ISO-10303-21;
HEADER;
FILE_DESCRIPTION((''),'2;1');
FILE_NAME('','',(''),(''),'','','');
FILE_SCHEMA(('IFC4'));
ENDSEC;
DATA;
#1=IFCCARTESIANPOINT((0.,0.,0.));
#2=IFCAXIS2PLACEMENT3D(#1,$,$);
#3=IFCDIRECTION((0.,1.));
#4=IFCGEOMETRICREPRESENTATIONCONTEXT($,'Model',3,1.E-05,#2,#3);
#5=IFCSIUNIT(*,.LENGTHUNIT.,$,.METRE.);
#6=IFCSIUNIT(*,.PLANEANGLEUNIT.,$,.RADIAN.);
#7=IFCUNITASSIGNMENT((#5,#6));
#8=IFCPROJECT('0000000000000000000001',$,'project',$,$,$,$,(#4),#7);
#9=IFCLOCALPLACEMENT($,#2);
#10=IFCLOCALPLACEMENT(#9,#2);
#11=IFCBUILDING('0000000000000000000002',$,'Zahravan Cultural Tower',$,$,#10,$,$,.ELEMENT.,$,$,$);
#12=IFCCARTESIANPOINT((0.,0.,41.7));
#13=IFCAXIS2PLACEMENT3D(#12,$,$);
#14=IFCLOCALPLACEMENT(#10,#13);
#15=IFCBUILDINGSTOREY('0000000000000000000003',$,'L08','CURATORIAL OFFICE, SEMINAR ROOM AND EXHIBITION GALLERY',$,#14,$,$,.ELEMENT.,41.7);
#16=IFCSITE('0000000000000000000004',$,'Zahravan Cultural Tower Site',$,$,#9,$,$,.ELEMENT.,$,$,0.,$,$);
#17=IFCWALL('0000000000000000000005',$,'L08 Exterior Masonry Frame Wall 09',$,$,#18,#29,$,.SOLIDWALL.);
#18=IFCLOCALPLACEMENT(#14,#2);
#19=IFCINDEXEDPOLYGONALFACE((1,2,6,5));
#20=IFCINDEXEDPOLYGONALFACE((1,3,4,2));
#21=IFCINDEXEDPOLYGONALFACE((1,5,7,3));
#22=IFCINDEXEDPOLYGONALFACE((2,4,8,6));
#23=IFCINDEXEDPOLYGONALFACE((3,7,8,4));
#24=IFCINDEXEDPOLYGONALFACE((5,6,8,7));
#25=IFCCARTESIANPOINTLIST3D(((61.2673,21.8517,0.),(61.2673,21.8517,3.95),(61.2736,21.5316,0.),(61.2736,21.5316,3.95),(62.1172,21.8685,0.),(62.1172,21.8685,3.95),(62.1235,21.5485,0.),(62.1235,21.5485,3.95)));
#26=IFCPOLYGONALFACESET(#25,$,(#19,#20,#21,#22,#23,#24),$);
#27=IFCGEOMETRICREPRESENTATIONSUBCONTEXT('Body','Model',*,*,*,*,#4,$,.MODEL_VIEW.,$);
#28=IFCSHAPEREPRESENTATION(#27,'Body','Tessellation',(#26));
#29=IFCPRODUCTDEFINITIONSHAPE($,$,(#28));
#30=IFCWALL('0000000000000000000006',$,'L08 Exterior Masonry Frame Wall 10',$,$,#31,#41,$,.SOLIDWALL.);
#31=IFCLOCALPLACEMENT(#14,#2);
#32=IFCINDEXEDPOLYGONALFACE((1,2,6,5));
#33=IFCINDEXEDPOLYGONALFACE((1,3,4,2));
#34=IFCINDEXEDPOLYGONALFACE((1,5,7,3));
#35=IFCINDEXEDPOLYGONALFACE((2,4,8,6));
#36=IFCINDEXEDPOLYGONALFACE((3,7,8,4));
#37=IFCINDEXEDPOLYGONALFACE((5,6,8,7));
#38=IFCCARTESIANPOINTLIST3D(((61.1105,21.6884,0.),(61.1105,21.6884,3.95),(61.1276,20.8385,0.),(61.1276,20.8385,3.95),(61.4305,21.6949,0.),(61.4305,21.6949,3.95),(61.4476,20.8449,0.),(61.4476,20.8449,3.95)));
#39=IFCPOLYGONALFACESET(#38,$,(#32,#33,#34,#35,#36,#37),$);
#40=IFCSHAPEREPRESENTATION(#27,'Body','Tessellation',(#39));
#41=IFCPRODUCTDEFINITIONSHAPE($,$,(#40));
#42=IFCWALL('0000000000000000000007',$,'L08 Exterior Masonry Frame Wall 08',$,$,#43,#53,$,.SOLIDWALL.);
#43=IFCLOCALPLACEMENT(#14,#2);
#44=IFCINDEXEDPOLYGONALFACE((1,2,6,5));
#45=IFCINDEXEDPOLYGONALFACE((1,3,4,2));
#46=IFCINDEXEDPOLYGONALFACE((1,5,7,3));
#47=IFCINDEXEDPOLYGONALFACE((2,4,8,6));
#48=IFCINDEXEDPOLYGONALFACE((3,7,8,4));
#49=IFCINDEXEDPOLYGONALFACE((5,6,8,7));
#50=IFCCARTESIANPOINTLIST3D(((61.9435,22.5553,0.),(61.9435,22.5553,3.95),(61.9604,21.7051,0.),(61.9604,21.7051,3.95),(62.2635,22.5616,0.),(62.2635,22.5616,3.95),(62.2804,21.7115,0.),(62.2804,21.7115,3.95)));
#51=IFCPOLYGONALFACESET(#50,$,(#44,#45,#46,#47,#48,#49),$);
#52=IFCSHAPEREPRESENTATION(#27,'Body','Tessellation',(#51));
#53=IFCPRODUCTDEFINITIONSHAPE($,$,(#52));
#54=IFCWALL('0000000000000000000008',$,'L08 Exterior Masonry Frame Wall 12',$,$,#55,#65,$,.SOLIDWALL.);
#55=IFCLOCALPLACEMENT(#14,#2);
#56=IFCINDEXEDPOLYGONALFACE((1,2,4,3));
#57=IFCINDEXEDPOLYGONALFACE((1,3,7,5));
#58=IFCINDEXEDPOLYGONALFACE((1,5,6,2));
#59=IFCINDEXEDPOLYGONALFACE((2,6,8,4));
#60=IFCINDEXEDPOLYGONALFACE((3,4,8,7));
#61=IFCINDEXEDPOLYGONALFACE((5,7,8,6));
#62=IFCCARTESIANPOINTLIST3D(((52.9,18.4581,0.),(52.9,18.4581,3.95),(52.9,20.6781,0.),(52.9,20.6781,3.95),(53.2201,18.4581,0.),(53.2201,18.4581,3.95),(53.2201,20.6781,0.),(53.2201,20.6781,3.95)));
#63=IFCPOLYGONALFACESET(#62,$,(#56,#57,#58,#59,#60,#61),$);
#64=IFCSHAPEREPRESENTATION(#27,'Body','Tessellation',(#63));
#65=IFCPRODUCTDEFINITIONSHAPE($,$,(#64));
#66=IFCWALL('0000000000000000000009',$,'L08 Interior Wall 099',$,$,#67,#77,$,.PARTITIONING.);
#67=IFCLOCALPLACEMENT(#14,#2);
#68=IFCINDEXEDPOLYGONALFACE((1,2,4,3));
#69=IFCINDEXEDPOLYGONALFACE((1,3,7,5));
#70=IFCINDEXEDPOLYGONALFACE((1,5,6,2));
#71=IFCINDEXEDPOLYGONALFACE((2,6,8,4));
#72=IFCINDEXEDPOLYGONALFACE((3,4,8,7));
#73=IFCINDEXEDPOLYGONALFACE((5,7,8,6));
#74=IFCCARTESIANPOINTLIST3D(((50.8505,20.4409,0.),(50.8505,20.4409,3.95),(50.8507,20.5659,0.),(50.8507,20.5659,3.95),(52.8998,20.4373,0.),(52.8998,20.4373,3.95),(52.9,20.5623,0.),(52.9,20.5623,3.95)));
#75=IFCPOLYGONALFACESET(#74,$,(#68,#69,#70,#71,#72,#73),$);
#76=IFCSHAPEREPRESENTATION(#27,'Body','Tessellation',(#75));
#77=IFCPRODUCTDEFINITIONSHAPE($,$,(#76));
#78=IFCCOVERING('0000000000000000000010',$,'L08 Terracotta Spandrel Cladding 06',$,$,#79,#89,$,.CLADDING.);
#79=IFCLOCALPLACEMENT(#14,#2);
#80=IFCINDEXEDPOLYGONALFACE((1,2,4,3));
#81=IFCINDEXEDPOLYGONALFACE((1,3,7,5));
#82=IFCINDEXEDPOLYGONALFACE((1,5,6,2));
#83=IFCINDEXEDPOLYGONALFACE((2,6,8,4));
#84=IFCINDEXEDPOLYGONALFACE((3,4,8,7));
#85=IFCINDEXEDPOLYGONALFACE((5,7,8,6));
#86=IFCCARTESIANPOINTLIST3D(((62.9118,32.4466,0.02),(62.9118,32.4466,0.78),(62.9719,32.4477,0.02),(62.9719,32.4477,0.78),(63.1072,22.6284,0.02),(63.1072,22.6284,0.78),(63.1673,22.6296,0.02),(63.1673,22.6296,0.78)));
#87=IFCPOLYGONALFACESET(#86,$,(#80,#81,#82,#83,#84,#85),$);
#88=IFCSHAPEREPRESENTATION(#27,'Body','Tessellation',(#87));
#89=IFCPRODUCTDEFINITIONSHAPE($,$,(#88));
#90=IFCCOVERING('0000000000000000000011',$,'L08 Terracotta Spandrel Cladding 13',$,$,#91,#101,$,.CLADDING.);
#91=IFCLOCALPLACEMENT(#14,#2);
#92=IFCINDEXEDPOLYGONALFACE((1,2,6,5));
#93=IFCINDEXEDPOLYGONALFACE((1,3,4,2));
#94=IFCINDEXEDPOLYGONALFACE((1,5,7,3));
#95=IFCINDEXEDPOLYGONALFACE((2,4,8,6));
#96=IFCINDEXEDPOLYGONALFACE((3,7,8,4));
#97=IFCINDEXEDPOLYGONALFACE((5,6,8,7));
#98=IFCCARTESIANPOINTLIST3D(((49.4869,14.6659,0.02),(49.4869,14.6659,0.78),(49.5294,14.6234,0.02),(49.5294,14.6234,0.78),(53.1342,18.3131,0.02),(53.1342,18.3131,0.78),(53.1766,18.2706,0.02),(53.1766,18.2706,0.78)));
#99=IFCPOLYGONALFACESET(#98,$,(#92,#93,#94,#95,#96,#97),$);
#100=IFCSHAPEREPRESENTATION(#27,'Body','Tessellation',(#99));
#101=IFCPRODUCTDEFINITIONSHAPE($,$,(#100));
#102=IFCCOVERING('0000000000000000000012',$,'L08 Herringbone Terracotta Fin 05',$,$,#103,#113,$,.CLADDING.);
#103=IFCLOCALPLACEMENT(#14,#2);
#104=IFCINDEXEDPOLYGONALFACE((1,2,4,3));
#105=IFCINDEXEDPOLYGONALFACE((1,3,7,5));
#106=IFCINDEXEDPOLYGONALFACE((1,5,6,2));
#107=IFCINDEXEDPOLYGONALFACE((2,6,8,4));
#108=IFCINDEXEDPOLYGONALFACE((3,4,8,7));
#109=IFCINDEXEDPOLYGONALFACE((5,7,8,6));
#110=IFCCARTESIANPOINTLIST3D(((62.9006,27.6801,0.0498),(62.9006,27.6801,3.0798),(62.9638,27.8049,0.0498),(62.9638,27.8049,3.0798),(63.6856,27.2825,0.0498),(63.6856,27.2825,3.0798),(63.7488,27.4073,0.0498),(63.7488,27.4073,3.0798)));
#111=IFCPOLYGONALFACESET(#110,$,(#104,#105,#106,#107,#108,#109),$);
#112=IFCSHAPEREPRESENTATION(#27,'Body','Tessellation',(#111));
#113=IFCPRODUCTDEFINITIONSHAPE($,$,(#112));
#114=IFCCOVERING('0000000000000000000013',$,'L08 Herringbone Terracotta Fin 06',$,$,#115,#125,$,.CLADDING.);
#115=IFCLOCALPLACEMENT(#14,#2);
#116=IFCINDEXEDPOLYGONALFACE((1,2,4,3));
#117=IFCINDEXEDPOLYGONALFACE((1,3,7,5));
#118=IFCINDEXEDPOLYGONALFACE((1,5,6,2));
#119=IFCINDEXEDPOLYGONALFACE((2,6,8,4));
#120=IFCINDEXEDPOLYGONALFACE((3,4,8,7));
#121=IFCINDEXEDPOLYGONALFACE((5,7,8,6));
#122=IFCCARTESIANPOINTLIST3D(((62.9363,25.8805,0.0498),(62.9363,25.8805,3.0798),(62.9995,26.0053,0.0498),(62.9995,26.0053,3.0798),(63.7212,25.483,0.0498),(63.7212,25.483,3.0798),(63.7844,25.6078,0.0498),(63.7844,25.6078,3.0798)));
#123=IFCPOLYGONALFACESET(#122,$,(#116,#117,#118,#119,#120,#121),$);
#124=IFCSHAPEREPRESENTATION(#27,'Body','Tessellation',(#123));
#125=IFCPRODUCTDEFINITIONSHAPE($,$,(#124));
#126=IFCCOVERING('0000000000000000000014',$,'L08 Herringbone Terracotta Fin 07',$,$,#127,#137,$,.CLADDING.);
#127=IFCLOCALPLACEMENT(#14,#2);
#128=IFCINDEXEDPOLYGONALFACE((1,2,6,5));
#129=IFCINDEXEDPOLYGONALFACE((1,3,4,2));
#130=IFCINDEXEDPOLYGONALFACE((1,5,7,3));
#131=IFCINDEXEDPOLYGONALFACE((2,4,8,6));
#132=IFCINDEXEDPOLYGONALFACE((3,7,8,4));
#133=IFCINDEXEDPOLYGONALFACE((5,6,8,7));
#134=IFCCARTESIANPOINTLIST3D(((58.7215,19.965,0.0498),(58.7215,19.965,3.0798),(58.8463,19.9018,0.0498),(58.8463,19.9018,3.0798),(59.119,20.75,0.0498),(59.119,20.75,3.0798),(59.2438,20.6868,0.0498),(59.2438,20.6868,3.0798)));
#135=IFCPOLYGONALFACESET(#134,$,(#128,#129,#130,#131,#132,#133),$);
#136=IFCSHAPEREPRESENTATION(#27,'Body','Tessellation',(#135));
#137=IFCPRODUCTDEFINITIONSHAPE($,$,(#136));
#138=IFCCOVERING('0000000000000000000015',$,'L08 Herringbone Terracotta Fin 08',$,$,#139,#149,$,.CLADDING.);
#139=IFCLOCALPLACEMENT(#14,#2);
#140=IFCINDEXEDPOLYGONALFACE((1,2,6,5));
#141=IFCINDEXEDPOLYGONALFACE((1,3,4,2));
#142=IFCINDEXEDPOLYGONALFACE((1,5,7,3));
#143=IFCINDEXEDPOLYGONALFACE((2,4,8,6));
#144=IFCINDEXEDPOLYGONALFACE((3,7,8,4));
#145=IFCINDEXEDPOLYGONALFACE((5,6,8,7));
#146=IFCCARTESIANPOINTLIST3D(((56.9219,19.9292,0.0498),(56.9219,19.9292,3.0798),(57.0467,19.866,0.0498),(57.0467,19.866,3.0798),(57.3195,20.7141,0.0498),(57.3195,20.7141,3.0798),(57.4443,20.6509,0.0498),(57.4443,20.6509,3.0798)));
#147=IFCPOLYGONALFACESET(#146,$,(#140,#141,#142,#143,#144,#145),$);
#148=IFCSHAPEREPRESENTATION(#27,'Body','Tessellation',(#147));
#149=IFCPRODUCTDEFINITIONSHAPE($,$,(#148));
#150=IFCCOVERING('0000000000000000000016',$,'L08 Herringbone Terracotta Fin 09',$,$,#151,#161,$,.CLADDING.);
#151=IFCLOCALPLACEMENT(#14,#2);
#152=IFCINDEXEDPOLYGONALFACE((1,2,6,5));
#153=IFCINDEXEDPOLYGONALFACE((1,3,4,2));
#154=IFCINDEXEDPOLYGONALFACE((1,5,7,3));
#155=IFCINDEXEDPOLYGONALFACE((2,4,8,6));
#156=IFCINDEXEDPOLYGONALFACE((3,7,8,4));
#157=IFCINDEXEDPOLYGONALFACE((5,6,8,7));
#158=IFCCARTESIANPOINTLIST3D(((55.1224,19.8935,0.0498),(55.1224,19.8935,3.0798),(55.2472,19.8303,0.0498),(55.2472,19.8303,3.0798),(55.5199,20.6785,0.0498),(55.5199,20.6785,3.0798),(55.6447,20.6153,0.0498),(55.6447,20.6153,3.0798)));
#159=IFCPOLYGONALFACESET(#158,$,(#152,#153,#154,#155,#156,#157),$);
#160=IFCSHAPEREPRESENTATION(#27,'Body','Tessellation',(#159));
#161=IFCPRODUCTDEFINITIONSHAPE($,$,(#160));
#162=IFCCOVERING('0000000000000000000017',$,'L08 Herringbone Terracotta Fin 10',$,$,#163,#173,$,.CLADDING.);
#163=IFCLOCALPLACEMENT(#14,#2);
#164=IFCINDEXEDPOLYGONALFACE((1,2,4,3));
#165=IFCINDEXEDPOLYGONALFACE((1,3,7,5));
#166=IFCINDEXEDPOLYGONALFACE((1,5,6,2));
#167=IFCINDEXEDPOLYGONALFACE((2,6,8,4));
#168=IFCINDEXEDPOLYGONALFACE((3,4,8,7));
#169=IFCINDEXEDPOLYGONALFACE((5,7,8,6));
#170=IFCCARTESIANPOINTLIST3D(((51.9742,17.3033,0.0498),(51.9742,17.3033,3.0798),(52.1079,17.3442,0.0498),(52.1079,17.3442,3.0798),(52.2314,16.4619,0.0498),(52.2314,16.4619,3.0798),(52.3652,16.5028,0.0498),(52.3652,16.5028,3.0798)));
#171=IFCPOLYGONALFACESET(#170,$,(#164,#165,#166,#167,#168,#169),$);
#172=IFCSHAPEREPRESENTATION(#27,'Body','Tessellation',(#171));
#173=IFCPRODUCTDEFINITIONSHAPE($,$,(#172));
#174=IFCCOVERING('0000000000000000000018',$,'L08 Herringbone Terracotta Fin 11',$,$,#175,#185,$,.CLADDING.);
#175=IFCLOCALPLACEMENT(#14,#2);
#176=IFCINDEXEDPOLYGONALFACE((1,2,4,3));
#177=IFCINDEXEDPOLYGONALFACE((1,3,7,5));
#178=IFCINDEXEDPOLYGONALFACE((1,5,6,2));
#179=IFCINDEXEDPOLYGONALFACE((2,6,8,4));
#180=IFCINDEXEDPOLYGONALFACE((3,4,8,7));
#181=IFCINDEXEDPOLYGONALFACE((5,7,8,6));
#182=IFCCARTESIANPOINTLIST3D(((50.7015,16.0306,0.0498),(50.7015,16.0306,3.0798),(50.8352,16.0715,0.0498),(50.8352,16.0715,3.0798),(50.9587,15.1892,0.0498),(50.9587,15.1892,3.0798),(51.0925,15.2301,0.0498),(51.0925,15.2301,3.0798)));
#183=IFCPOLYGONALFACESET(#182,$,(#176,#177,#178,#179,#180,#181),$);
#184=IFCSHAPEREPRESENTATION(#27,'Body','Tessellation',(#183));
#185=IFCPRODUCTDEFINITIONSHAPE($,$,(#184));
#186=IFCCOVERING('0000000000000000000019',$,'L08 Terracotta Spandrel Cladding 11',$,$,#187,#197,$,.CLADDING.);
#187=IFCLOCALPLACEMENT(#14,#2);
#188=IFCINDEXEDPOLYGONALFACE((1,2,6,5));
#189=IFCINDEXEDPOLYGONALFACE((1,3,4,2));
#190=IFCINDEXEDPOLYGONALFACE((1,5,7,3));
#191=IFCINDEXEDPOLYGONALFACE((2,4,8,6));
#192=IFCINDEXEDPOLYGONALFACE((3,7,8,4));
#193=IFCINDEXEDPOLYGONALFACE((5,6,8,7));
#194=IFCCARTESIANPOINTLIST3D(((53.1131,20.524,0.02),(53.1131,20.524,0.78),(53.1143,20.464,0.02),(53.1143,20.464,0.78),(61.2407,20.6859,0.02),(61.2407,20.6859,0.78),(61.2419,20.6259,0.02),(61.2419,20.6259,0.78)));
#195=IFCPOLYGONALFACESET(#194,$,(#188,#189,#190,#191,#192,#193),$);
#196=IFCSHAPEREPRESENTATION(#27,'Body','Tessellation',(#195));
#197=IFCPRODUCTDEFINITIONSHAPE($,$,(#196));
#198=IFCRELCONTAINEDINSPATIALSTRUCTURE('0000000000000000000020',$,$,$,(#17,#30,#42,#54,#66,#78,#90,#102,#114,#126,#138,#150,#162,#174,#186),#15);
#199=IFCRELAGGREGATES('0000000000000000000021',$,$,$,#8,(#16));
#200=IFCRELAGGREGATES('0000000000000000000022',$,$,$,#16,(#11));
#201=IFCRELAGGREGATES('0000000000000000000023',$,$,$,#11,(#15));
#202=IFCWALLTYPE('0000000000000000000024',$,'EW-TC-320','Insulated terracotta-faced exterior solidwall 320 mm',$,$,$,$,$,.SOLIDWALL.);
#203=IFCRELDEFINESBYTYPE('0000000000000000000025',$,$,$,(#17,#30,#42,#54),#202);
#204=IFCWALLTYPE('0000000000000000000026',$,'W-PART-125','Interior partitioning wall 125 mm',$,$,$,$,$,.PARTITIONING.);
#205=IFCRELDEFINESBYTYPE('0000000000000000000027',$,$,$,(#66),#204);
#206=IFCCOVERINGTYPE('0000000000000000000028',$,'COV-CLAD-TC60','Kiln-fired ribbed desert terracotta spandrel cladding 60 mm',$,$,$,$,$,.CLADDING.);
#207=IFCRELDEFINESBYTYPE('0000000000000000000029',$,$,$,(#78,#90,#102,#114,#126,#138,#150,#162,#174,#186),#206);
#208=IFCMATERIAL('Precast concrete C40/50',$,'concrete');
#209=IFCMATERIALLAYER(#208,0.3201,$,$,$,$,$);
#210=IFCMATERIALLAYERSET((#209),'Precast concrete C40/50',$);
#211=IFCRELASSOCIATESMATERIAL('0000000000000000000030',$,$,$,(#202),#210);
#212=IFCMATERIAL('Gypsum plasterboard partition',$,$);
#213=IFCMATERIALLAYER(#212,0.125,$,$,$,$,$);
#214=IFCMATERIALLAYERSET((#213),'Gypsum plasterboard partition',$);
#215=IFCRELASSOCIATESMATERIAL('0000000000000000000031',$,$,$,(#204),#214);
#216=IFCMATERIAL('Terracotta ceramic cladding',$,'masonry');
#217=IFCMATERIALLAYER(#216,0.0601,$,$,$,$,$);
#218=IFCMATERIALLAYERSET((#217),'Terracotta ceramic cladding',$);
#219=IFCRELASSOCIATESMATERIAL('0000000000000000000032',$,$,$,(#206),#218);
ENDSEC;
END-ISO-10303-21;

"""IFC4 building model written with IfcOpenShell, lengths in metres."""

from ifc_helpers import new_model, si_unit, direction, frame, frame_2d, origin, origin_2d, place, context, subcontext, project, spatial, rectangle, extrude, source, transform, mapped, material, layer, layer_set, type_object, element, save


model = new_model("IFC4")

# Units and contexts
model_context = context("Model", 3, precision=1e-05, world=origin(), true_north=direction((0.0, 1.0)))
body_context = subcontext(model_context, "Body", "Model", "MODEL_VIEW")
ifc_project = project(units=[si_unit("LENGTHUNIT", "METRE"), si_unit("PLANEANGLEUNIT", "RADIAN")], contexts=[model_context])

# Site, building, storey
site_placement = place(None, origin())
site = spatial("IfcSite", under=ifc_project, at=site_placement, Name="Zahravan Cultural Tower Site", CompositionType="ELEMENT", RefElevation=0.0)
building_placement = place(site_placement, origin())
building = spatial("IfcBuilding", under=site, at=building_placement, Name="Zahravan Cultural Tower", CompositionType="ELEMENT")
storey_placement = place(building_placement, frame((0.0, 0.0, 41.7)))
storey = spatial("IfcBuildingStorey", under=building, at=storey_placement, Name="L08", Description="CURATORIAL OFFICE, SEMINAR ROOM AND EXHIBITION GALLERY", CompositionType="ELEMENT", Elevation=41.7)

# Shared definitions
ifc_material_1 = material(Name="Precast concrete C40/50", Category="concrete")
ifc_layer_1 = layer(ifc_material_1, 0.3201)
ifc_layer_set_1 = layer_set([ifc_layer_1], Name="Precast concrete C40/50")
wall_type_1 = type_object("IfcWallType", Name="EW-TC-320", Description="Insulated terracotta-faced exterior solidwall 320 mm", PredefinedType="SOLIDWALL", material=ifc_layer_set_1)

# Shared definitions
ifc_material_2 = material(Name="Gypsum plasterboard partition")
ifc_layer_2 = layer(ifc_material_2, 0.125)
ifc_layer_set_2 = layer_set([ifc_layer_2], Name="Gypsum plasterboard partition")
wall_type_2 = type_object("IfcWallType", Name="W-PART-125", Description="Interior partitioning wall 125 mm", PredefinedType="PARTITIONING", material=ifc_layer_set_2)

# Walls
shared_shape_1 = source(origin(), body_context, "Body", "SweptSolid", [
    extrude(rectangle(XDim=0.8501, YDim=0.3201, at=frame_2d((0.425, 0.0))), origin(), (0.0, 0.0, 1.0), 3.95),
])
for number, where, z_axis, x_axis, name in (
    (1, (62.1204, 21.7085, 0.0), (0.0, 0.0, 1.0), (-0.999804, -0.019818, 0.0), "L08 Exterior Masonry Frame Wall 09"),
    (2, (61.2705, 21.6917, 0.0), (0.0, 0.0, 1.0), (0.020105, -0.999798, 0.0), "L08 Exterior Masonry Frame Wall 10"),
):
    element("IfcWall", number, at=place(storey_placement, frame(where, z_axis=z_axis, x_axis=x_axis)), inside=storey, type_object=wall_type_1, Name=name, PredefinedType="SOLIDWALL", context=body_context, shape_type="MappedRepresentation", body=[
        mapped(shared_shape_1, transform((0.0, 0.0, 0.0), x_axis=(1.0, 0.0, 0.0), y_axis=(0.0, 1.0, 0.0), z_axis=(0.0, 0.0, 1.0), scale=1.0)),
    ])
shared_shape_2 = source(origin(), body_context, "Body", "SweptSolid", [
    extrude(rectangle(XDim=0.8503, YDim=0.3201, at=frame_2d((0.4253, 0.0))), origin(), (0.0, 0.0, 1.0), 3.95),
])
wall_1_placement = place(storey_placement, frame((62.1035, 22.5586, 0.0), z_axis=(0.0, 0.0, 1.0), x_axis=(0.019812, -0.999804, 0.0)))
element("IfcWall", 3, at=wall_1_placement, inside=storey, type_object=wall_type_1, Name="L08 Exterior Masonry Frame Wall 08", PredefinedType="SOLIDWALL", context=body_context, shape_type="MappedRepresentation", body=[
    mapped(shared_shape_2, transform((0.0, 0.0, 0.0), x_axis=(1.0, 0.0, 0.0), y_axis=(0.0, 1.0, 0.0), z_axis=(0.0, 0.0, 1.0), scale=1.0)),
])
shared_shape_3 = source(origin(), body_context, "Body", "SweptSolid", [
    extrude(rectangle(XDim=2.22, YDim=0.3201, at=frame_2d((1.1099, 0.0))), origin(), (0.0, 0.0, 1.0), 3.95),
])
wall_2_placement = place(storey_placement, frame((53.0601, 20.678, 0.0), z_axis=(0.0, 0.0, 1.0), x_axis=(0.0, -1.0, 0.0)))
element("IfcWall", 4, at=wall_2_placement, inside=storey, type_object=wall_type_1, Name="L08 Exterior Masonry Frame Wall 12", PredefinedType="SOLIDWALL", context=body_context, shape_type="MappedRepresentation", body=[
    mapped(shared_shape_3, transform((0.0, 0.0, 0.0), x_axis=(1.0, 0.0, 0.0), y_axis=(0.0, 1.0, 0.0), z_axis=(0.0, 0.0, 1.0), scale=1.0)),
])
shared_shape_4 = source(origin(), body_context, "Body", "SweptSolid", [
    extrude(rectangle(XDim=2.0493, YDim=0.125, at=frame_2d((1.0247, 0.0))), origin(), (0.0, 0.0, 1.0), 3.95),
])
wall_3_placement = place(storey_placement, frame((50.8506, 20.5034, 0.0), z_axis=(0.0, 0.0, 1.0), x_axis=(0.999998, -0.001787, 0.0)))
element("IfcWall", 5, at=wall_3_placement, inside=storey, type_object=wall_type_2, Name="L08 Interior Wall 099", PredefinedType="PARTITIONING", context=body_context, shape_type="MappedRepresentation", body=[
    mapped(shared_shape_4, transform((0.0, 0.0, 0.0), x_axis=(1.0, 0.0, 0.0), y_axis=(0.0, 1.0, 0.0), z_axis=(0.0, 0.0, 1.0), scale=1.0)),
])

# Coverings
ifc_material_3 = material(Name="Terracotta ceramic cladding", Category="masonry")
ifc_layer_3 = layer(ifc_material_3, 0.0601)
ifc_layer_set_3 = layer_set([ifc_layer_3], Name="Terracotta ceramic cladding")
covering_type = type_object("IfcCoveringType", Name="COV-CLAD-TC60", Description="Kiln-fired ribbed desert terracotta spandrel cladding 60 mm", PredefinedType="CLADDING", material=ifc_layer_set_3)
shared_shape_5 = source(origin(), body_context, "Body", "SweptSolid", [
    extrude(rectangle(XDim=9.8201, YDim=0.0601, at=origin_2d()), origin(), (0.0, 0.0, 1.0), 0.76),
])
covering_1_placement = place(storey_placement, frame((63.0396, 27.5381, 0.02), z_axis=(0.0, 0.0, 1.0), x_axis=(0.019895, -0.999802, 0.0)))
element("IfcCovering", 6, at=covering_1_placement, inside=storey, type_object=covering_type, Name="L08 Terracotta Spandrel Cladding 06", PredefinedType="CLADDING", context=body_context, shape_type="MappedRepresentation", body=[
    mapped(shared_shape_5, transform((0.0, 0.0, 0.0), x_axis=(1.0, 0.0, 0.0), y_axis=(0.0, 1.0, 0.0), z_axis=(0.0, 0.0, 1.0), scale=1.0)),
])
shared_shape_6 = source(origin(), body_context, "Body", "SweptSolid", [
    extrude(rectangle(XDim=5.158, YDim=0.0601, at=origin_2d()), origin(), (0.0, 0.0, 1.0), 0.76),
])
covering_2_placement = place(storey_placement, frame((51.3318, 16.4683, 0.02), z_axis=(0.0, 0.0, 1.0), x_axis=(-0.707107, -0.707107, 0.0)))
element("IfcCovering", 7, at=covering_2_placement, inside=storey, type_object=covering_type, Name="L08 Terracotta Spandrel Cladding 13", PredefinedType="CLADDING", context=body_context, shape_type="MappedRepresentation", body=[
    mapped(shared_shape_6, transform((0.0, 0.0, 0.0), x_axis=(1.0, 0.0, 0.0), y_axis=(0.0, 1.0, 0.0), z_axis=(0.0, 0.0, 1.0), scale=1.0)),
])
shared_shape_7 = source(origin(), body_context, "Body", "SweptSolid", [
    extrude(rectangle(XDim=0.8799, YDim=0.1399, at=origin_2d()), origin(), (0.0, 0.0, 1.0), 3.03),
])
for number, where, z_axis, x_axis, name in (
    (8, (63.3247, 27.5437, 0.0498), (0.0, 0.0, 1.0), (0.892113, -0.451812, 0.0), "L08 Herringbone Terracotta Fin 05"),
    (9, (63.3604, 25.7441, 0.0498), (0.0, 0.0, 1.0), (0.892113, -0.451812, 0.0), "L08 Herringbone Terracotta Fin 06"),
    (10, (58.9827, 20.3259, 0.0498), (0.0, 0.0, 1.0), (-0.451796, -0.892121, 0.0), "L08 Herringbone Terracotta Fin 07"),
    (11, (57.1831, 20.29, 0.0498), (0.0, 0.0, 1.0), (-0.451796, -0.892121, 0.0), "L08 Herringbone Terracotta Fin 08"),
    (12, (55.3835, 20.2544, 0.0498), (0.0, 0.0, 1.0), (-0.451796, -0.892121, 0.0), "L08 Herringbone Terracotta Fin 09"),
    (13, (52.1697, 16.9031, 0.0498), (0.0, 0.0, 1.0), (0.292372, -0.956305, 0.0), "L08 Herringbone Terracotta Fin 10"),
    (14, (50.897, 15.6304, 0.0498), (0.0, 0.0, 1.0), (0.292372, -0.956305, 0.0), "L08 Herringbone Terracotta Fin 11"),
):
    element("IfcCovering", number, at=place(storey_placement, frame(where, z_axis=z_axis, x_axis=x_axis)), inside=storey, type_object=covering_type, Name=name, PredefinedType="CLADDING", context=body_context, shape_type="MappedRepresentation", body=[
        mapped(shared_shape_7, transform((0.0, 0.0, 0.0), x_axis=(1.0, 0.0, 0.0), y_axis=(0.0, 1.0, 0.0), z_axis=(0.0, 0.0, 1.0), scale=1.0)),
    ])
shared_shape_8 = source(origin(), body_context, "Body", "SweptSolid", [
    extrude(rectangle(XDim=8.1292, YDim=0.0601, at=origin_2d()), origin(), (0.0, 0.0, 1.0), 0.76),
])
covering_3_placement = place(storey_placement, frame((57.1775, 20.575, 0.02), z_axis=(0.0, 0.0, 1.0), x_axis=(-0.999802, -0.019913, 0.0)))
element("IfcCovering", 15, at=covering_3_placement, inside=storey, type_object=covering_type, Name="L08 Terracotta Spandrel Cladding 11", PredefinedType="CLADDING", context=body_context, shape_type="MappedRepresentation", body=[
    mapped(shared_shape_8, transform((0.0, 0.0, 0.0), x_axis=(1.0, 0.0, 0.0), y_axis=(0.0, 1.0, 0.0), z_axis=(0.0, 0.0, 1.0), scale=1.0)),
])

save(model, "model.ifc")
